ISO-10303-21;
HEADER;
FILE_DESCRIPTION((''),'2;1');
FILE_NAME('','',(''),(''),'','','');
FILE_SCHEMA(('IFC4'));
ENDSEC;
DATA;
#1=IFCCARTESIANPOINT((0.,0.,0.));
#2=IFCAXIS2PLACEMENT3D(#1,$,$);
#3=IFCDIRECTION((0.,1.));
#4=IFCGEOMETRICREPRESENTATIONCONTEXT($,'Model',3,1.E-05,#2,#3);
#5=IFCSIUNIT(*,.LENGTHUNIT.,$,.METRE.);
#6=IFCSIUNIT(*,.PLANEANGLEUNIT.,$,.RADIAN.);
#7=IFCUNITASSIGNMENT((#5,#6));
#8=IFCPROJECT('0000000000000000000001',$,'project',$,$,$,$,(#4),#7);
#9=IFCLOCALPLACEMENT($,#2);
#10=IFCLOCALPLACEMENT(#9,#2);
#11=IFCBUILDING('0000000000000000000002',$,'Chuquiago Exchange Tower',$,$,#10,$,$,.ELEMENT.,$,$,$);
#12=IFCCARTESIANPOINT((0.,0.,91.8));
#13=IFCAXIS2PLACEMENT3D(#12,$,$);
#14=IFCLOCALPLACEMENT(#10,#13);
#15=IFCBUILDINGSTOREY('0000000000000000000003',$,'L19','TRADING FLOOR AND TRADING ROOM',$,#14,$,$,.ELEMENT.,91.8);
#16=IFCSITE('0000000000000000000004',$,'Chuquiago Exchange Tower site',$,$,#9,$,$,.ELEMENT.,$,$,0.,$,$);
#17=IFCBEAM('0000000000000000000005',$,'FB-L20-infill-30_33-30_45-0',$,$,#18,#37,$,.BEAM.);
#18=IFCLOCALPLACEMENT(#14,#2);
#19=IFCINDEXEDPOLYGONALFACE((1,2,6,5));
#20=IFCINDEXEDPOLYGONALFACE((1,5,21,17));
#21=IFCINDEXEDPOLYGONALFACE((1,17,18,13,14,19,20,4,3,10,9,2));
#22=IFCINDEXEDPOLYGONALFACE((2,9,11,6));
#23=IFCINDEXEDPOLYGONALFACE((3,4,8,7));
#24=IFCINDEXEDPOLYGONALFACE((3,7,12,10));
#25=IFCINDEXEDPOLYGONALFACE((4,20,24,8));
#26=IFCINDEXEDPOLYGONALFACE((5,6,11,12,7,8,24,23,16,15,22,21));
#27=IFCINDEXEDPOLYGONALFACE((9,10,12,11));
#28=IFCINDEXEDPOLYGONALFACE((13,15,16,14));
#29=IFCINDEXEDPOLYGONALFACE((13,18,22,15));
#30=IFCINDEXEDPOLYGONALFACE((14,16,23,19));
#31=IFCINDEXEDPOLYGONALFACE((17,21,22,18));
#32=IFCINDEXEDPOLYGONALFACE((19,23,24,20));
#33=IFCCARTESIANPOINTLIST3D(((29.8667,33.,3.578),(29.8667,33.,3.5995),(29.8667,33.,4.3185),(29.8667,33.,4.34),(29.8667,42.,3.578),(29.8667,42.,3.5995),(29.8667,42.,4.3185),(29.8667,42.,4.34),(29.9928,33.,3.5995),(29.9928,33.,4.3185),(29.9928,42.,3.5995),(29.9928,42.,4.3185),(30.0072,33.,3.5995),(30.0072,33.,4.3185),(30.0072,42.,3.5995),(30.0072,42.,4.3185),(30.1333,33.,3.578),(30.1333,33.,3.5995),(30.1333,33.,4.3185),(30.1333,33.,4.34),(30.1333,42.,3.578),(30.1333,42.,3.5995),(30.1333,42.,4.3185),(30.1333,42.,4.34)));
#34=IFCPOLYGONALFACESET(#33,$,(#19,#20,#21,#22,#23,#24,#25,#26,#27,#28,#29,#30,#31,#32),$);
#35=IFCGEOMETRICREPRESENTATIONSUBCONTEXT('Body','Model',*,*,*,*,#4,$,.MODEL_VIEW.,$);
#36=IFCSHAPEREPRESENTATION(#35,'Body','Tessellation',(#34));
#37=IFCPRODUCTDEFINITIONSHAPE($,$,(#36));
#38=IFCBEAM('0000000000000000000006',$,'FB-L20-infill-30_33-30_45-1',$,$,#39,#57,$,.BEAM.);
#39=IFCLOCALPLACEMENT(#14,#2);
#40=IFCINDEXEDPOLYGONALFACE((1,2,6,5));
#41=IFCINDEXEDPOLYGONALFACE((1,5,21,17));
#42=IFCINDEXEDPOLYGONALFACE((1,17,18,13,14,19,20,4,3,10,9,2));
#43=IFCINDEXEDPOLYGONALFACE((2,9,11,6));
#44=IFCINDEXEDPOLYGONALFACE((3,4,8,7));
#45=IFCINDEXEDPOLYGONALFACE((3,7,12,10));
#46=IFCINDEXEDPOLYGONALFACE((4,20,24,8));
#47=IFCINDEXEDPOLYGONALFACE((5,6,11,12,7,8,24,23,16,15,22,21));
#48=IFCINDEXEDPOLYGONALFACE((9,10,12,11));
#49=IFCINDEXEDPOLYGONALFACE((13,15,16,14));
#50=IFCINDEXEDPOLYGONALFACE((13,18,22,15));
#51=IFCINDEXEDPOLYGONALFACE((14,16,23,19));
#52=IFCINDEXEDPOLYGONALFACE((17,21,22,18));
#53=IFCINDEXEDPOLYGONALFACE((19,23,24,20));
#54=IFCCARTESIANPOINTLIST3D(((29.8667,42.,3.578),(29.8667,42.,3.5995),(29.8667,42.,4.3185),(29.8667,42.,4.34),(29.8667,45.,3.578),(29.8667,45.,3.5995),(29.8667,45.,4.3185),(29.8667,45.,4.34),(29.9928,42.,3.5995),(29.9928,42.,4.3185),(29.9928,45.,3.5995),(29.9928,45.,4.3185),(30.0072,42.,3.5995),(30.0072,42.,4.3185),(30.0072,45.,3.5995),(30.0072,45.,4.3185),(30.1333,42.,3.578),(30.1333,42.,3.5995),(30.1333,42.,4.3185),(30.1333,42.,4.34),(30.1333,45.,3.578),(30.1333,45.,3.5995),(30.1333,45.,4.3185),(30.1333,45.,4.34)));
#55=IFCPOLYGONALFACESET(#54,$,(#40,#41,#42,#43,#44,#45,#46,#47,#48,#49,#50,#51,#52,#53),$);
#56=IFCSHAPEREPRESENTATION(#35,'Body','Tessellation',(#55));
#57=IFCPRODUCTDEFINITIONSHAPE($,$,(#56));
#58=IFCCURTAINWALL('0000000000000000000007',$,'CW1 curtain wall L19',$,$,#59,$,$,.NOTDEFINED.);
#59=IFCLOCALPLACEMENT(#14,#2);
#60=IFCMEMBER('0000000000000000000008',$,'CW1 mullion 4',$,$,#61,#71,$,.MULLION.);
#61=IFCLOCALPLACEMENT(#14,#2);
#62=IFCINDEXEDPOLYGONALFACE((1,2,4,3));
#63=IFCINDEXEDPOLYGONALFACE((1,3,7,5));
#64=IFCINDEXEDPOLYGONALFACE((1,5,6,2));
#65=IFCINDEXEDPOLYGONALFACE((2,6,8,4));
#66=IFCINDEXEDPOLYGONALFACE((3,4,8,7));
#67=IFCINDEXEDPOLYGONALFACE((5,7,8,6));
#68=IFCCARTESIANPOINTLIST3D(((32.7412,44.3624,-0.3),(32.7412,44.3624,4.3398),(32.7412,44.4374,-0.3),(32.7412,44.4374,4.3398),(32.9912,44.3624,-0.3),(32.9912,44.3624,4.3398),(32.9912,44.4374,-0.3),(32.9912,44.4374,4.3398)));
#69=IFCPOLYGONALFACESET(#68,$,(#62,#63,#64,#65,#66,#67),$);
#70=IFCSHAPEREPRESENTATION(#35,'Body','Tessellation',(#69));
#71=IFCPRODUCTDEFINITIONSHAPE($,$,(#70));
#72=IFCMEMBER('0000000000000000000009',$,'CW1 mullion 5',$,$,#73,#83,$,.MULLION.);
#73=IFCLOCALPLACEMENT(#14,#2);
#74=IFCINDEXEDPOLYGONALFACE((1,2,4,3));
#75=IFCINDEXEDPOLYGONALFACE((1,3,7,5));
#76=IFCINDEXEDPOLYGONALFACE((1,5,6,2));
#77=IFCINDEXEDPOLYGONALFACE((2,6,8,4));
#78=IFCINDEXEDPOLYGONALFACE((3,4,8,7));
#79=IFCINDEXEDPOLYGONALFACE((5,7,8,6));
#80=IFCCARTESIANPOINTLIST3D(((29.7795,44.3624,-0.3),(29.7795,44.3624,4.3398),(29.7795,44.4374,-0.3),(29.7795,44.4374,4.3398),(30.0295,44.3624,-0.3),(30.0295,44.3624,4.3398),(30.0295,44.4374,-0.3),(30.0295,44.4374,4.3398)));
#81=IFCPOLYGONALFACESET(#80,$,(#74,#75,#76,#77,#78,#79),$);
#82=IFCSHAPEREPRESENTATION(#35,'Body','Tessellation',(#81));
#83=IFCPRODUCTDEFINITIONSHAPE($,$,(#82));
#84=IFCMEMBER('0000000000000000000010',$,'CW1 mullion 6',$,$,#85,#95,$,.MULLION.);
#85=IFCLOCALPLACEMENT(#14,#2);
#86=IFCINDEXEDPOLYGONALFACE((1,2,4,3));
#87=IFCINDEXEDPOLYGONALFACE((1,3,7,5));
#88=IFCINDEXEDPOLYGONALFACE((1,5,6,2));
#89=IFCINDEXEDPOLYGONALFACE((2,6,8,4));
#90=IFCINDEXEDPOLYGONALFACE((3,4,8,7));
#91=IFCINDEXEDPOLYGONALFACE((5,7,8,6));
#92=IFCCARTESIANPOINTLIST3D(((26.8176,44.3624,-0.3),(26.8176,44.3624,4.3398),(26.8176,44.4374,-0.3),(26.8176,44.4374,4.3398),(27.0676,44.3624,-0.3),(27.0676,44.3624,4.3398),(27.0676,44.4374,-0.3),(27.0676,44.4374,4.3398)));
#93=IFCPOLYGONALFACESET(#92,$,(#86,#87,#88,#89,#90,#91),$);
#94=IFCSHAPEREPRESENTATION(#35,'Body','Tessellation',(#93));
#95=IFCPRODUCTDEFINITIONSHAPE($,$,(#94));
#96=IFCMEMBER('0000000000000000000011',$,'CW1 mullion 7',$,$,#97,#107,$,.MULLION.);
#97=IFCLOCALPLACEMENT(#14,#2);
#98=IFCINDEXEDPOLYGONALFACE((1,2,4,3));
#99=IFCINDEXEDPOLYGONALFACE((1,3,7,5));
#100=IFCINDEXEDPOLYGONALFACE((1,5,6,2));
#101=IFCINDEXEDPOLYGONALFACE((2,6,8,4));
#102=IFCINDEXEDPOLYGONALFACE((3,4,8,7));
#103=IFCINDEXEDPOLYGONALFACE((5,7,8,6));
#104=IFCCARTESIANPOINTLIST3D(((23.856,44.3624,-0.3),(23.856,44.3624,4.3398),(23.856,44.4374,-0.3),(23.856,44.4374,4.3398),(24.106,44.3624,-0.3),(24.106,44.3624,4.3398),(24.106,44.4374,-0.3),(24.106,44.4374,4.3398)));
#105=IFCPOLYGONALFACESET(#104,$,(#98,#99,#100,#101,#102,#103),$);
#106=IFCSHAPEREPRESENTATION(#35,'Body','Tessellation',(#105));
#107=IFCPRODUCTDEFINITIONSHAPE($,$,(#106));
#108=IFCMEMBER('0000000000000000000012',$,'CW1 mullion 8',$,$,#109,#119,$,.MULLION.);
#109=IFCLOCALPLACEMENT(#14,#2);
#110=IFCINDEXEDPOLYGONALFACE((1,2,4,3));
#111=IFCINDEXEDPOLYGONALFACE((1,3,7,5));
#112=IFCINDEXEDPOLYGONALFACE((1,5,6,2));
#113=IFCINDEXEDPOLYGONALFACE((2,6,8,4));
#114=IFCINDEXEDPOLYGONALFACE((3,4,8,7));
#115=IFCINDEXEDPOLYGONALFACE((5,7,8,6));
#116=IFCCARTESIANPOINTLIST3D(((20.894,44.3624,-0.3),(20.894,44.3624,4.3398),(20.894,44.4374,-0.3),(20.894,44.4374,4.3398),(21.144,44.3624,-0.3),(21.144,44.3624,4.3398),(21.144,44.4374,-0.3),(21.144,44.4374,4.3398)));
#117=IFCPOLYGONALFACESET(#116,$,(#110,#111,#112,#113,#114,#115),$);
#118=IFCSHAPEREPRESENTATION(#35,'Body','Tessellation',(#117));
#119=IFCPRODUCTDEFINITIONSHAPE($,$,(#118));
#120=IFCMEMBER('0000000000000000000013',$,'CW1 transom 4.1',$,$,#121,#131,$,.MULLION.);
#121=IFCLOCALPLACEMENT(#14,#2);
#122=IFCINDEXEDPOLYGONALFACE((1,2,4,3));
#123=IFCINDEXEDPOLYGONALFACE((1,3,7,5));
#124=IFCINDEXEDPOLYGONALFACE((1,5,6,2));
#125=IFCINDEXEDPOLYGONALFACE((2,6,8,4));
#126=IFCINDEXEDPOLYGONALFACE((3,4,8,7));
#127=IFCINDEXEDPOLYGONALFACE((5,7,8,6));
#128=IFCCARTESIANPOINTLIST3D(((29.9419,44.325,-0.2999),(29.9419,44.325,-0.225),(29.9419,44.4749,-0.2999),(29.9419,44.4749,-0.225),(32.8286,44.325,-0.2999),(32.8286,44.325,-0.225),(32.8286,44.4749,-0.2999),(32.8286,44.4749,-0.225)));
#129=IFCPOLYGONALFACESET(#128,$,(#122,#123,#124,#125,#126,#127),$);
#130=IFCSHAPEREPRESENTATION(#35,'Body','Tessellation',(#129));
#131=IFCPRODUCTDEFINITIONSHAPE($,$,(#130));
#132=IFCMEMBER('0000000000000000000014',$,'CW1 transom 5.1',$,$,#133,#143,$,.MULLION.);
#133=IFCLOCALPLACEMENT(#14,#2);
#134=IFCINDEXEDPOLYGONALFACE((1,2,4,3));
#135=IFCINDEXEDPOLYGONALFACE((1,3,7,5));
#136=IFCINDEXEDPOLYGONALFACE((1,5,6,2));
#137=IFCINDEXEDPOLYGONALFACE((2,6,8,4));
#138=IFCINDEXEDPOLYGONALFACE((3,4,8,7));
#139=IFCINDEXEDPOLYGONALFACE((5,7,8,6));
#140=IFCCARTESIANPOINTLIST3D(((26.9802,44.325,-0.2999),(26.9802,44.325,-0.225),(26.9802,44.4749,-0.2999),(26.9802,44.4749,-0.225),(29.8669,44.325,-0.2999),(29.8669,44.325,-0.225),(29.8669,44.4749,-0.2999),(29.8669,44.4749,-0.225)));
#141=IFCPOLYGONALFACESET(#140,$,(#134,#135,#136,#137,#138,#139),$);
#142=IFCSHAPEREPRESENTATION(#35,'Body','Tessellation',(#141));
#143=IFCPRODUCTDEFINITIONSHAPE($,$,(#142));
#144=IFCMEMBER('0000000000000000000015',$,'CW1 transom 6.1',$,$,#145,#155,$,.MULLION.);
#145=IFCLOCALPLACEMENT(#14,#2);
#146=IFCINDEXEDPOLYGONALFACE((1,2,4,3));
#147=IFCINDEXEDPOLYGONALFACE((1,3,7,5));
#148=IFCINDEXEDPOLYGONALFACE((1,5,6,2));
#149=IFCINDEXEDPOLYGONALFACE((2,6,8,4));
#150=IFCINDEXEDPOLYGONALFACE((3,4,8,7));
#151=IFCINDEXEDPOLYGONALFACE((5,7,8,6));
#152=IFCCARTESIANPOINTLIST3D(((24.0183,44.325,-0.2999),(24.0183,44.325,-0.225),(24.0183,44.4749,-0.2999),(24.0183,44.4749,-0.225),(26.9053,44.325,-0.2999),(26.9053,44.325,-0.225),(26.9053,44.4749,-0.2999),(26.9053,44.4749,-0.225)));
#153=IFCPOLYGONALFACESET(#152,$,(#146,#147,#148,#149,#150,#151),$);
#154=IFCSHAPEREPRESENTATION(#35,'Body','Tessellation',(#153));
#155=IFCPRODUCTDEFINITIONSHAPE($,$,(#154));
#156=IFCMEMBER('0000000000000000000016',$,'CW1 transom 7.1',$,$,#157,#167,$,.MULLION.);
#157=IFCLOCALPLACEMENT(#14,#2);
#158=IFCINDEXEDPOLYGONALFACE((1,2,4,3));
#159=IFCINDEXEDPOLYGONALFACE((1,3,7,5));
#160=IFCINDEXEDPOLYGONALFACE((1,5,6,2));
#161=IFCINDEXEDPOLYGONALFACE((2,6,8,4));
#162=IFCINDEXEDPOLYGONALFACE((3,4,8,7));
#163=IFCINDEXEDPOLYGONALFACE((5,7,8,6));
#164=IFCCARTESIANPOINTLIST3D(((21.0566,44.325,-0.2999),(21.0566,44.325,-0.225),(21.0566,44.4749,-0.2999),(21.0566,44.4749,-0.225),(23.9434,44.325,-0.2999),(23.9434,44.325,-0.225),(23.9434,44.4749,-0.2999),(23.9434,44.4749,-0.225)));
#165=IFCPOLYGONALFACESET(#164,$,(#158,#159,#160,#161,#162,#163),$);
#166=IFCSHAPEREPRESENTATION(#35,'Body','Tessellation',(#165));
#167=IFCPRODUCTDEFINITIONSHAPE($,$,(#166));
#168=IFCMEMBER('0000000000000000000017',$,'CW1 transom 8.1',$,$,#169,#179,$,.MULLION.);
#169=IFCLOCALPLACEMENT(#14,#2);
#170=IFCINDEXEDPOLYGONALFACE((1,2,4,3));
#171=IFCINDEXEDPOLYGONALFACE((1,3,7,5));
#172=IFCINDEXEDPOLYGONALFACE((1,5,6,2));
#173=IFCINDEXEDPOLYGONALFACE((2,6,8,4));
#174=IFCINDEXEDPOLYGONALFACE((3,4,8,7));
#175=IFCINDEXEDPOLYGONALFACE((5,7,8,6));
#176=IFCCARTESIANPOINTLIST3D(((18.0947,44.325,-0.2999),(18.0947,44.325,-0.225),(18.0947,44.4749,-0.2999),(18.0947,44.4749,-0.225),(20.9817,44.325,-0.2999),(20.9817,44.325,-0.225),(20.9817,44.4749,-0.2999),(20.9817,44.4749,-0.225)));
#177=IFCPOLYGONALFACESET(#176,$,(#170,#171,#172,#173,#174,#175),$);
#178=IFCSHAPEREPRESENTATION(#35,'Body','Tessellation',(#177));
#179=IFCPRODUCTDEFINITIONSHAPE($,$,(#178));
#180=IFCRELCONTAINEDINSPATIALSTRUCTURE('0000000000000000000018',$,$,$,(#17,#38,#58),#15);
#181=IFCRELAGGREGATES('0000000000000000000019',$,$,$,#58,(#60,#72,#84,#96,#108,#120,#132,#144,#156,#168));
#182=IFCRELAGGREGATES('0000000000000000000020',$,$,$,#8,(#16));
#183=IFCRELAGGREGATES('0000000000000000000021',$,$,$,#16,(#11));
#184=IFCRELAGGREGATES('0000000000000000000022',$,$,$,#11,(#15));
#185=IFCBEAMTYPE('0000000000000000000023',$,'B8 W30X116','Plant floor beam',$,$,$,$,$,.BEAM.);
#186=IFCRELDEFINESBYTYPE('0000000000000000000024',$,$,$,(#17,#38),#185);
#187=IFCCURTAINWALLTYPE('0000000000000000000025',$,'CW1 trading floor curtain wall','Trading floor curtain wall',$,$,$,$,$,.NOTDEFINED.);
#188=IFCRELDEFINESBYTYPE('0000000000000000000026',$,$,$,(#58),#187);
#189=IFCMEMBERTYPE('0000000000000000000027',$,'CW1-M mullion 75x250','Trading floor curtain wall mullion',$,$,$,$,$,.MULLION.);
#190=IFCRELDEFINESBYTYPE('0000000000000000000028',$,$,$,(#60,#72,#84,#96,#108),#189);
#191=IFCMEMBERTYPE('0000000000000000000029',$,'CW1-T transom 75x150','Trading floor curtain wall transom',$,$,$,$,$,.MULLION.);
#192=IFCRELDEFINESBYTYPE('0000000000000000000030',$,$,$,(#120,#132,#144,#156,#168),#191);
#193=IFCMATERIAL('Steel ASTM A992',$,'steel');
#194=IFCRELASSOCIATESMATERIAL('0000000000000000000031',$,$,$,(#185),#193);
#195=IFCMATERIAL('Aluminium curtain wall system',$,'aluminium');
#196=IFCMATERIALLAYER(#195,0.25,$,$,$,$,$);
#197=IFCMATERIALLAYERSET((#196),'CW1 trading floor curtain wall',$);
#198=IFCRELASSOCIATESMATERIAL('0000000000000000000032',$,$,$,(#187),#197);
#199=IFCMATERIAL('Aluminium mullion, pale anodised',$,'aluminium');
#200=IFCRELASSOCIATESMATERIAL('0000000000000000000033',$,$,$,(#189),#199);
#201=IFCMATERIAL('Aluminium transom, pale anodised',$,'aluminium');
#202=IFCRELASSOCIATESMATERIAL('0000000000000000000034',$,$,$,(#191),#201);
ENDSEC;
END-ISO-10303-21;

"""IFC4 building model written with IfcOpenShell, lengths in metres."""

from ifc_helpers import new_model, si_unit, direction, frame, origin, origin_2d, place, context, subcontext, project, spatial, rectangle, i_section, extrude, material, layer, layer_set, material_profile, profile_set, type_object, element, aggregate, save


model = new_model("IFC4")

# Units and contexts
model_context = context("Model", 3, precision=1e-05, world=origin(), true_north=direction((0.0, 1.0)))
body_context = subcontext(model_context, "Body", "Model", "MODEL_VIEW")
ifc_project = project(units=[si_unit("LENGTHUNIT", "METRE"), si_unit("PLANEANGLEUNIT", "RADIAN")], contexts=[model_context])

# Site, building, storey
site_placement = place(None, origin())
site = spatial("IfcSite", under=ifc_project, at=site_placement, Name="Chuquiago Exchange Tower site", CompositionType="ELEMENT", RefElevation=0.0)
building_placement = place(site_placement, origin())
building = spatial("IfcBuilding", under=site, at=building_placement, Name="Chuquiago Exchange Tower", CompositionType="ELEMENT")
storey_placement = place(building_placement, frame((0.0, 0.0, 91.8)))
storey = spatial("IfcBuildingStorey", under=building, at=storey_placement, Name="L19", Description="TRADING FLOOR AND TRADING ROOM", CompositionType="ELEMENT", Elevation=91.8)

# Beams
ifc_material_1 = material(Name="Steel ASTM A992", Category="steel")
ifc_material_profile_1 = material_profile(ifc_material_1, i_section(OverallWidth=0.2666, OverallDepth=0.762, WebThickness=0.0144, FlangeThickness=0.0215, at=origin_2d()), Name="W30X116")
ifc_profile_set_1 = profile_set([ifc_material_profile_1], Name="Steel ASTM A992")
beam_type_1 = type_object("IfcBeamType", Name="B8 W30X116", Description="Plant floor beam", PredefinedType="BEAM", material=ifc_profile_set_1)
beam_1_placement = place(storey_placement, frame((30.0, 33.0, 3.959), z_axis=(0.0, 1.0, 0.0), x_axis=(-1.0, 0.0, 0.0)))
element("IfcBeam", 1, at=beam_1_placement, inside=storey, type_object=beam_type_1, Name="FB-L20-infill-30_33-30_45-0", PredefinedType="BEAM", context=body_context, shape_type="SweptSolid", body=[
    extrude(i_section(OverallWidth=0.2666, OverallDepth=0.762, WebThickness=0.0144, FlangeThickness=0.0215, at=origin_2d()), origin(), (0.0, 0.0, 1.0), 9.0),
])
beam_2_placement = place(storey_placement, frame((30.0, 42.0, 3.959), z_axis=(0.0, 1.0, 0.0), x_axis=(-1.0, 0.0, 0.0)))
element("IfcBeam", 2, at=beam_2_placement, inside=storey, type_object=beam_type_1, Name="FB-L20-infill-30_33-30_45-1", PredefinedType="BEAM", context=body_context, shape_type="SweptSolid", body=[
    extrude(i_section(OverallWidth=0.2666, OverallDepth=0.762, WebThickness=0.0144, FlangeThickness=0.0215, at=origin_2d()), origin(), (0.0, 0.0, 1.0), 3.0),
])

# Curtain wall, members
ifc_material_2 = material(Name="Aluminium curtain wall system", Category="aluminium")
ifc_layer_1 = layer(ifc_material_2, 0.25)
ifc_layer_set_1 = layer_set([ifc_layer_1], Name="CW1 trading floor curtain wall")
curtain_wall_type = type_object("IfcCurtainWallType", Name="CW1 trading floor curtain wall", Description="Trading floor curtain wall", PredefinedType="NOTDEFINED", material=ifc_layer_set_1)
curtain_wall_placement = place(storey_placement, origin())
curtain_wall = element("IfcCurtainWall", 3, at=curtain_wall_placement, inside=storey, type_object=curtain_wall_type, Name="CW1 curtain wall L19", PredefinedType="NOTDEFINED")
ifc_material_3 = material(Name="Aluminium mullion, pale anodised", Category="aluminium")
ifc_material_profile_2 = material_profile(ifc_material_3, rectangle(XDim=0.075, YDim=0.25, at=origin_2d()), Name="AL 75x250")
ifc_profile_set_2 = profile_set([ifc_material_profile_2], Name="Aluminium mullion, pale anodised")
member_type_1 = type_object("IfcMemberType", Name="CW1-M mullion 75x250", Description="Trading floor curtain wall mullion", PredefinedType="MULLION", material=ifc_profile_set_2)
member_1_placement = place(storey_placement, frame((32.8662, 44.3999, -0.3), z_axis=(0.0, 0.0, 1.0), x_axis=(0.0, -1.0, 0.0)))
member_1 = element("IfcMember", 4, at=member_1_placement, type_object=member_type_1, Name="CW1 mullion 4", PredefinedType="MULLION", context=body_context, shape_type="SweptSolid", body=[
    extrude(rectangle(XDim=0.075, YDim=0.25, at=origin_2d()), origin(), (0.0, 0.0, 1.0), 4.6399),
])
member_2_placement = place(storey_placement, frame((29.9045, 44.3999, -0.3), z_axis=(0.0, 0.0, 1.0), x_axis=(0.0, -1.0, 0.0)))
member_2 = element("IfcMember", 5, at=member_2_placement, type_object=member_type_1, Name="CW1 mullion 5", PredefinedType="MULLION", context=body_context, shape_type="SweptSolid", body=[
    extrude(rectangle(XDim=0.075, YDim=0.25, at=origin_2d()), origin(), (0.0, 0.0, 1.0), 4.6399),
])
member_3_placement = place(storey_placement, frame((26.9426, 44.3999, -0.3), z_axis=(0.0, 0.0, 1.0), x_axis=(0.0, -1.0, 0.0)))
member_3 = element("IfcMember", 6, at=member_3_placement, type_object=member_type_1, Name="CW1 mullion 6", PredefinedType="MULLION", context=body_context, shape_type="SweptSolid", body=[
    extrude(rectangle(XDim=0.075, YDim=0.25, at=origin_2d()), origin(), (0.0, 0.0, 1.0), 4.6399),
])
member_4_placement = place(storey_placement, frame((23.981, 44.3999, -0.3), z_axis=(0.0, 0.0, 1.0), x_axis=(0.0, -1.0, 0.0)))
member_4 = element("IfcMember", 7, at=member_4_placement, type_object=member_type_1, Name="CW1 mullion 7", PredefinedType="MULLION", context=body_context, shape_type="SweptSolid", body=[
    extrude(rectangle(XDim=0.075, YDim=0.25, at=origin_2d()), origin(), (0.0, 0.0, 1.0), 4.6399),
])
member_5_placement = place(storey_placement, frame((21.019, 44.3999, -0.3), z_axis=(0.0, 0.0, 1.0), x_axis=(0.0, -1.0, 0.0)))
member_5 = element("IfcMember", 8, at=member_5_placement, type_object=member_type_1, Name="CW1 mullion 8", PredefinedType="MULLION", context=body_context, shape_type="SweptSolid", body=[
    extrude(rectangle(XDim=0.075, YDim=0.25, at=origin_2d()), origin(), (0.0, 0.0, 1.0), 4.6399),
])
ifc_material_4 = material(Name="Aluminium transom, pale anodised", Category="aluminium")
ifc_material_profile_3 = material_profile(ifc_material_4, rectangle(XDim=0.1499, YDim=0.075, at=origin_2d()), Name="AL 150x75")
ifc_profile_set_3 = profile_set([ifc_material_profile_3], Name="Aluminium transom, pale anodised")
member_type_2 = type_object("IfcMemberType", Name="CW1-T transom 75x150", Description="Trading floor curtain wall transom", PredefinedType="MULLION", material=ifc_profile_set_3)
member_6_placement = place(storey_placement, frame((32.8286, 44.3999, -0.2625), z_axis=(-1.0, 0.0, 0.0), x_axis=(0.0, -1.0, 0.0)))
member_6 = element("IfcMember", 9, at=member_6_placement, type_object=member_type_2, Name="CW1 transom 4.1", PredefinedType="MULLION", context=body_context, shape_type="SweptSolid", body=[
    extrude(rectangle(XDim=0.1499, YDim=0.075, at=origin_2d()), origin(), (0.0, 0.0, 1.0), 2.8867),
])
member_7_placement = place(storey_placement, frame((29.8669, 44.3999, -0.2625), z_axis=(-1.0, 0.0, 0.0), x_axis=(0.0, -1.0, 0.0)))
member_7 = element("IfcMember", 10, at=member_7_placement, type_object=member_type_2, Name="CW1 transom 5.1", PredefinedType="MULLION", context=body_context, shape_type="SweptSolid", body=[
    extrude(rectangle(XDim=0.1499, YDim=0.075, at=origin_2d()), origin(), (0.0, 0.0, 1.0), 2.8867),
])
member_8_placement = place(storey_placement, frame((26.9053, 44.3999, -0.2625), z_axis=(-1.0, 0.0, 0.0), x_axis=(0.0, -1.0, 0.0)))
member_8 = element("IfcMember", 11, at=member_8_placement, type_object=member_type_2, Name="CW1 transom 6.1", PredefinedType="MULLION", context=body_context, shape_type="SweptSolid", body=[
    extrude(rectangle(XDim=0.1499, YDim=0.075, at=origin_2d()), origin(), (0.0, 0.0, 1.0), 2.887),
])
member_9_placement = place(storey_placement, frame((23.9434, 44.3999, -0.2625), z_axis=(-1.0, 0.0, 0.0), x_axis=(0.0, -1.0, 0.0)))
member_9 = element("IfcMember", 12, at=member_9_placement, type_object=member_type_2, Name="CW1 transom 7.1", PredefinedType="MULLION", context=body_context, shape_type="SweptSolid", body=[
    extrude(rectangle(XDim=0.1499, YDim=0.075, at=origin_2d()), origin(), (0.0, 0.0, 1.0), 2.8867),
])
member_10_placement = place(storey_placement, frame((20.9817, 44.3999, -0.2625), z_axis=(-1.0, 0.0, 0.0), x_axis=(0.0, -1.0, 0.0)))
member_10 = element("IfcMember", 13, at=member_10_placement, type_object=member_type_2, Name="CW1 transom 8.1", PredefinedType="MULLION", context=body_context, shape_type="SweptSolid", body=[
    extrude(rectangle(XDim=0.1499, YDim=0.075, at=origin_2d()), origin(), (0.0, 0.0, 1.0), 2.887),
])

aggregate(curtain_wall, [member_1, member_2, member_3, member_4, member_5, member_6, member_7, member_8, member_9, member_10])

save(model, "model.ifc")
